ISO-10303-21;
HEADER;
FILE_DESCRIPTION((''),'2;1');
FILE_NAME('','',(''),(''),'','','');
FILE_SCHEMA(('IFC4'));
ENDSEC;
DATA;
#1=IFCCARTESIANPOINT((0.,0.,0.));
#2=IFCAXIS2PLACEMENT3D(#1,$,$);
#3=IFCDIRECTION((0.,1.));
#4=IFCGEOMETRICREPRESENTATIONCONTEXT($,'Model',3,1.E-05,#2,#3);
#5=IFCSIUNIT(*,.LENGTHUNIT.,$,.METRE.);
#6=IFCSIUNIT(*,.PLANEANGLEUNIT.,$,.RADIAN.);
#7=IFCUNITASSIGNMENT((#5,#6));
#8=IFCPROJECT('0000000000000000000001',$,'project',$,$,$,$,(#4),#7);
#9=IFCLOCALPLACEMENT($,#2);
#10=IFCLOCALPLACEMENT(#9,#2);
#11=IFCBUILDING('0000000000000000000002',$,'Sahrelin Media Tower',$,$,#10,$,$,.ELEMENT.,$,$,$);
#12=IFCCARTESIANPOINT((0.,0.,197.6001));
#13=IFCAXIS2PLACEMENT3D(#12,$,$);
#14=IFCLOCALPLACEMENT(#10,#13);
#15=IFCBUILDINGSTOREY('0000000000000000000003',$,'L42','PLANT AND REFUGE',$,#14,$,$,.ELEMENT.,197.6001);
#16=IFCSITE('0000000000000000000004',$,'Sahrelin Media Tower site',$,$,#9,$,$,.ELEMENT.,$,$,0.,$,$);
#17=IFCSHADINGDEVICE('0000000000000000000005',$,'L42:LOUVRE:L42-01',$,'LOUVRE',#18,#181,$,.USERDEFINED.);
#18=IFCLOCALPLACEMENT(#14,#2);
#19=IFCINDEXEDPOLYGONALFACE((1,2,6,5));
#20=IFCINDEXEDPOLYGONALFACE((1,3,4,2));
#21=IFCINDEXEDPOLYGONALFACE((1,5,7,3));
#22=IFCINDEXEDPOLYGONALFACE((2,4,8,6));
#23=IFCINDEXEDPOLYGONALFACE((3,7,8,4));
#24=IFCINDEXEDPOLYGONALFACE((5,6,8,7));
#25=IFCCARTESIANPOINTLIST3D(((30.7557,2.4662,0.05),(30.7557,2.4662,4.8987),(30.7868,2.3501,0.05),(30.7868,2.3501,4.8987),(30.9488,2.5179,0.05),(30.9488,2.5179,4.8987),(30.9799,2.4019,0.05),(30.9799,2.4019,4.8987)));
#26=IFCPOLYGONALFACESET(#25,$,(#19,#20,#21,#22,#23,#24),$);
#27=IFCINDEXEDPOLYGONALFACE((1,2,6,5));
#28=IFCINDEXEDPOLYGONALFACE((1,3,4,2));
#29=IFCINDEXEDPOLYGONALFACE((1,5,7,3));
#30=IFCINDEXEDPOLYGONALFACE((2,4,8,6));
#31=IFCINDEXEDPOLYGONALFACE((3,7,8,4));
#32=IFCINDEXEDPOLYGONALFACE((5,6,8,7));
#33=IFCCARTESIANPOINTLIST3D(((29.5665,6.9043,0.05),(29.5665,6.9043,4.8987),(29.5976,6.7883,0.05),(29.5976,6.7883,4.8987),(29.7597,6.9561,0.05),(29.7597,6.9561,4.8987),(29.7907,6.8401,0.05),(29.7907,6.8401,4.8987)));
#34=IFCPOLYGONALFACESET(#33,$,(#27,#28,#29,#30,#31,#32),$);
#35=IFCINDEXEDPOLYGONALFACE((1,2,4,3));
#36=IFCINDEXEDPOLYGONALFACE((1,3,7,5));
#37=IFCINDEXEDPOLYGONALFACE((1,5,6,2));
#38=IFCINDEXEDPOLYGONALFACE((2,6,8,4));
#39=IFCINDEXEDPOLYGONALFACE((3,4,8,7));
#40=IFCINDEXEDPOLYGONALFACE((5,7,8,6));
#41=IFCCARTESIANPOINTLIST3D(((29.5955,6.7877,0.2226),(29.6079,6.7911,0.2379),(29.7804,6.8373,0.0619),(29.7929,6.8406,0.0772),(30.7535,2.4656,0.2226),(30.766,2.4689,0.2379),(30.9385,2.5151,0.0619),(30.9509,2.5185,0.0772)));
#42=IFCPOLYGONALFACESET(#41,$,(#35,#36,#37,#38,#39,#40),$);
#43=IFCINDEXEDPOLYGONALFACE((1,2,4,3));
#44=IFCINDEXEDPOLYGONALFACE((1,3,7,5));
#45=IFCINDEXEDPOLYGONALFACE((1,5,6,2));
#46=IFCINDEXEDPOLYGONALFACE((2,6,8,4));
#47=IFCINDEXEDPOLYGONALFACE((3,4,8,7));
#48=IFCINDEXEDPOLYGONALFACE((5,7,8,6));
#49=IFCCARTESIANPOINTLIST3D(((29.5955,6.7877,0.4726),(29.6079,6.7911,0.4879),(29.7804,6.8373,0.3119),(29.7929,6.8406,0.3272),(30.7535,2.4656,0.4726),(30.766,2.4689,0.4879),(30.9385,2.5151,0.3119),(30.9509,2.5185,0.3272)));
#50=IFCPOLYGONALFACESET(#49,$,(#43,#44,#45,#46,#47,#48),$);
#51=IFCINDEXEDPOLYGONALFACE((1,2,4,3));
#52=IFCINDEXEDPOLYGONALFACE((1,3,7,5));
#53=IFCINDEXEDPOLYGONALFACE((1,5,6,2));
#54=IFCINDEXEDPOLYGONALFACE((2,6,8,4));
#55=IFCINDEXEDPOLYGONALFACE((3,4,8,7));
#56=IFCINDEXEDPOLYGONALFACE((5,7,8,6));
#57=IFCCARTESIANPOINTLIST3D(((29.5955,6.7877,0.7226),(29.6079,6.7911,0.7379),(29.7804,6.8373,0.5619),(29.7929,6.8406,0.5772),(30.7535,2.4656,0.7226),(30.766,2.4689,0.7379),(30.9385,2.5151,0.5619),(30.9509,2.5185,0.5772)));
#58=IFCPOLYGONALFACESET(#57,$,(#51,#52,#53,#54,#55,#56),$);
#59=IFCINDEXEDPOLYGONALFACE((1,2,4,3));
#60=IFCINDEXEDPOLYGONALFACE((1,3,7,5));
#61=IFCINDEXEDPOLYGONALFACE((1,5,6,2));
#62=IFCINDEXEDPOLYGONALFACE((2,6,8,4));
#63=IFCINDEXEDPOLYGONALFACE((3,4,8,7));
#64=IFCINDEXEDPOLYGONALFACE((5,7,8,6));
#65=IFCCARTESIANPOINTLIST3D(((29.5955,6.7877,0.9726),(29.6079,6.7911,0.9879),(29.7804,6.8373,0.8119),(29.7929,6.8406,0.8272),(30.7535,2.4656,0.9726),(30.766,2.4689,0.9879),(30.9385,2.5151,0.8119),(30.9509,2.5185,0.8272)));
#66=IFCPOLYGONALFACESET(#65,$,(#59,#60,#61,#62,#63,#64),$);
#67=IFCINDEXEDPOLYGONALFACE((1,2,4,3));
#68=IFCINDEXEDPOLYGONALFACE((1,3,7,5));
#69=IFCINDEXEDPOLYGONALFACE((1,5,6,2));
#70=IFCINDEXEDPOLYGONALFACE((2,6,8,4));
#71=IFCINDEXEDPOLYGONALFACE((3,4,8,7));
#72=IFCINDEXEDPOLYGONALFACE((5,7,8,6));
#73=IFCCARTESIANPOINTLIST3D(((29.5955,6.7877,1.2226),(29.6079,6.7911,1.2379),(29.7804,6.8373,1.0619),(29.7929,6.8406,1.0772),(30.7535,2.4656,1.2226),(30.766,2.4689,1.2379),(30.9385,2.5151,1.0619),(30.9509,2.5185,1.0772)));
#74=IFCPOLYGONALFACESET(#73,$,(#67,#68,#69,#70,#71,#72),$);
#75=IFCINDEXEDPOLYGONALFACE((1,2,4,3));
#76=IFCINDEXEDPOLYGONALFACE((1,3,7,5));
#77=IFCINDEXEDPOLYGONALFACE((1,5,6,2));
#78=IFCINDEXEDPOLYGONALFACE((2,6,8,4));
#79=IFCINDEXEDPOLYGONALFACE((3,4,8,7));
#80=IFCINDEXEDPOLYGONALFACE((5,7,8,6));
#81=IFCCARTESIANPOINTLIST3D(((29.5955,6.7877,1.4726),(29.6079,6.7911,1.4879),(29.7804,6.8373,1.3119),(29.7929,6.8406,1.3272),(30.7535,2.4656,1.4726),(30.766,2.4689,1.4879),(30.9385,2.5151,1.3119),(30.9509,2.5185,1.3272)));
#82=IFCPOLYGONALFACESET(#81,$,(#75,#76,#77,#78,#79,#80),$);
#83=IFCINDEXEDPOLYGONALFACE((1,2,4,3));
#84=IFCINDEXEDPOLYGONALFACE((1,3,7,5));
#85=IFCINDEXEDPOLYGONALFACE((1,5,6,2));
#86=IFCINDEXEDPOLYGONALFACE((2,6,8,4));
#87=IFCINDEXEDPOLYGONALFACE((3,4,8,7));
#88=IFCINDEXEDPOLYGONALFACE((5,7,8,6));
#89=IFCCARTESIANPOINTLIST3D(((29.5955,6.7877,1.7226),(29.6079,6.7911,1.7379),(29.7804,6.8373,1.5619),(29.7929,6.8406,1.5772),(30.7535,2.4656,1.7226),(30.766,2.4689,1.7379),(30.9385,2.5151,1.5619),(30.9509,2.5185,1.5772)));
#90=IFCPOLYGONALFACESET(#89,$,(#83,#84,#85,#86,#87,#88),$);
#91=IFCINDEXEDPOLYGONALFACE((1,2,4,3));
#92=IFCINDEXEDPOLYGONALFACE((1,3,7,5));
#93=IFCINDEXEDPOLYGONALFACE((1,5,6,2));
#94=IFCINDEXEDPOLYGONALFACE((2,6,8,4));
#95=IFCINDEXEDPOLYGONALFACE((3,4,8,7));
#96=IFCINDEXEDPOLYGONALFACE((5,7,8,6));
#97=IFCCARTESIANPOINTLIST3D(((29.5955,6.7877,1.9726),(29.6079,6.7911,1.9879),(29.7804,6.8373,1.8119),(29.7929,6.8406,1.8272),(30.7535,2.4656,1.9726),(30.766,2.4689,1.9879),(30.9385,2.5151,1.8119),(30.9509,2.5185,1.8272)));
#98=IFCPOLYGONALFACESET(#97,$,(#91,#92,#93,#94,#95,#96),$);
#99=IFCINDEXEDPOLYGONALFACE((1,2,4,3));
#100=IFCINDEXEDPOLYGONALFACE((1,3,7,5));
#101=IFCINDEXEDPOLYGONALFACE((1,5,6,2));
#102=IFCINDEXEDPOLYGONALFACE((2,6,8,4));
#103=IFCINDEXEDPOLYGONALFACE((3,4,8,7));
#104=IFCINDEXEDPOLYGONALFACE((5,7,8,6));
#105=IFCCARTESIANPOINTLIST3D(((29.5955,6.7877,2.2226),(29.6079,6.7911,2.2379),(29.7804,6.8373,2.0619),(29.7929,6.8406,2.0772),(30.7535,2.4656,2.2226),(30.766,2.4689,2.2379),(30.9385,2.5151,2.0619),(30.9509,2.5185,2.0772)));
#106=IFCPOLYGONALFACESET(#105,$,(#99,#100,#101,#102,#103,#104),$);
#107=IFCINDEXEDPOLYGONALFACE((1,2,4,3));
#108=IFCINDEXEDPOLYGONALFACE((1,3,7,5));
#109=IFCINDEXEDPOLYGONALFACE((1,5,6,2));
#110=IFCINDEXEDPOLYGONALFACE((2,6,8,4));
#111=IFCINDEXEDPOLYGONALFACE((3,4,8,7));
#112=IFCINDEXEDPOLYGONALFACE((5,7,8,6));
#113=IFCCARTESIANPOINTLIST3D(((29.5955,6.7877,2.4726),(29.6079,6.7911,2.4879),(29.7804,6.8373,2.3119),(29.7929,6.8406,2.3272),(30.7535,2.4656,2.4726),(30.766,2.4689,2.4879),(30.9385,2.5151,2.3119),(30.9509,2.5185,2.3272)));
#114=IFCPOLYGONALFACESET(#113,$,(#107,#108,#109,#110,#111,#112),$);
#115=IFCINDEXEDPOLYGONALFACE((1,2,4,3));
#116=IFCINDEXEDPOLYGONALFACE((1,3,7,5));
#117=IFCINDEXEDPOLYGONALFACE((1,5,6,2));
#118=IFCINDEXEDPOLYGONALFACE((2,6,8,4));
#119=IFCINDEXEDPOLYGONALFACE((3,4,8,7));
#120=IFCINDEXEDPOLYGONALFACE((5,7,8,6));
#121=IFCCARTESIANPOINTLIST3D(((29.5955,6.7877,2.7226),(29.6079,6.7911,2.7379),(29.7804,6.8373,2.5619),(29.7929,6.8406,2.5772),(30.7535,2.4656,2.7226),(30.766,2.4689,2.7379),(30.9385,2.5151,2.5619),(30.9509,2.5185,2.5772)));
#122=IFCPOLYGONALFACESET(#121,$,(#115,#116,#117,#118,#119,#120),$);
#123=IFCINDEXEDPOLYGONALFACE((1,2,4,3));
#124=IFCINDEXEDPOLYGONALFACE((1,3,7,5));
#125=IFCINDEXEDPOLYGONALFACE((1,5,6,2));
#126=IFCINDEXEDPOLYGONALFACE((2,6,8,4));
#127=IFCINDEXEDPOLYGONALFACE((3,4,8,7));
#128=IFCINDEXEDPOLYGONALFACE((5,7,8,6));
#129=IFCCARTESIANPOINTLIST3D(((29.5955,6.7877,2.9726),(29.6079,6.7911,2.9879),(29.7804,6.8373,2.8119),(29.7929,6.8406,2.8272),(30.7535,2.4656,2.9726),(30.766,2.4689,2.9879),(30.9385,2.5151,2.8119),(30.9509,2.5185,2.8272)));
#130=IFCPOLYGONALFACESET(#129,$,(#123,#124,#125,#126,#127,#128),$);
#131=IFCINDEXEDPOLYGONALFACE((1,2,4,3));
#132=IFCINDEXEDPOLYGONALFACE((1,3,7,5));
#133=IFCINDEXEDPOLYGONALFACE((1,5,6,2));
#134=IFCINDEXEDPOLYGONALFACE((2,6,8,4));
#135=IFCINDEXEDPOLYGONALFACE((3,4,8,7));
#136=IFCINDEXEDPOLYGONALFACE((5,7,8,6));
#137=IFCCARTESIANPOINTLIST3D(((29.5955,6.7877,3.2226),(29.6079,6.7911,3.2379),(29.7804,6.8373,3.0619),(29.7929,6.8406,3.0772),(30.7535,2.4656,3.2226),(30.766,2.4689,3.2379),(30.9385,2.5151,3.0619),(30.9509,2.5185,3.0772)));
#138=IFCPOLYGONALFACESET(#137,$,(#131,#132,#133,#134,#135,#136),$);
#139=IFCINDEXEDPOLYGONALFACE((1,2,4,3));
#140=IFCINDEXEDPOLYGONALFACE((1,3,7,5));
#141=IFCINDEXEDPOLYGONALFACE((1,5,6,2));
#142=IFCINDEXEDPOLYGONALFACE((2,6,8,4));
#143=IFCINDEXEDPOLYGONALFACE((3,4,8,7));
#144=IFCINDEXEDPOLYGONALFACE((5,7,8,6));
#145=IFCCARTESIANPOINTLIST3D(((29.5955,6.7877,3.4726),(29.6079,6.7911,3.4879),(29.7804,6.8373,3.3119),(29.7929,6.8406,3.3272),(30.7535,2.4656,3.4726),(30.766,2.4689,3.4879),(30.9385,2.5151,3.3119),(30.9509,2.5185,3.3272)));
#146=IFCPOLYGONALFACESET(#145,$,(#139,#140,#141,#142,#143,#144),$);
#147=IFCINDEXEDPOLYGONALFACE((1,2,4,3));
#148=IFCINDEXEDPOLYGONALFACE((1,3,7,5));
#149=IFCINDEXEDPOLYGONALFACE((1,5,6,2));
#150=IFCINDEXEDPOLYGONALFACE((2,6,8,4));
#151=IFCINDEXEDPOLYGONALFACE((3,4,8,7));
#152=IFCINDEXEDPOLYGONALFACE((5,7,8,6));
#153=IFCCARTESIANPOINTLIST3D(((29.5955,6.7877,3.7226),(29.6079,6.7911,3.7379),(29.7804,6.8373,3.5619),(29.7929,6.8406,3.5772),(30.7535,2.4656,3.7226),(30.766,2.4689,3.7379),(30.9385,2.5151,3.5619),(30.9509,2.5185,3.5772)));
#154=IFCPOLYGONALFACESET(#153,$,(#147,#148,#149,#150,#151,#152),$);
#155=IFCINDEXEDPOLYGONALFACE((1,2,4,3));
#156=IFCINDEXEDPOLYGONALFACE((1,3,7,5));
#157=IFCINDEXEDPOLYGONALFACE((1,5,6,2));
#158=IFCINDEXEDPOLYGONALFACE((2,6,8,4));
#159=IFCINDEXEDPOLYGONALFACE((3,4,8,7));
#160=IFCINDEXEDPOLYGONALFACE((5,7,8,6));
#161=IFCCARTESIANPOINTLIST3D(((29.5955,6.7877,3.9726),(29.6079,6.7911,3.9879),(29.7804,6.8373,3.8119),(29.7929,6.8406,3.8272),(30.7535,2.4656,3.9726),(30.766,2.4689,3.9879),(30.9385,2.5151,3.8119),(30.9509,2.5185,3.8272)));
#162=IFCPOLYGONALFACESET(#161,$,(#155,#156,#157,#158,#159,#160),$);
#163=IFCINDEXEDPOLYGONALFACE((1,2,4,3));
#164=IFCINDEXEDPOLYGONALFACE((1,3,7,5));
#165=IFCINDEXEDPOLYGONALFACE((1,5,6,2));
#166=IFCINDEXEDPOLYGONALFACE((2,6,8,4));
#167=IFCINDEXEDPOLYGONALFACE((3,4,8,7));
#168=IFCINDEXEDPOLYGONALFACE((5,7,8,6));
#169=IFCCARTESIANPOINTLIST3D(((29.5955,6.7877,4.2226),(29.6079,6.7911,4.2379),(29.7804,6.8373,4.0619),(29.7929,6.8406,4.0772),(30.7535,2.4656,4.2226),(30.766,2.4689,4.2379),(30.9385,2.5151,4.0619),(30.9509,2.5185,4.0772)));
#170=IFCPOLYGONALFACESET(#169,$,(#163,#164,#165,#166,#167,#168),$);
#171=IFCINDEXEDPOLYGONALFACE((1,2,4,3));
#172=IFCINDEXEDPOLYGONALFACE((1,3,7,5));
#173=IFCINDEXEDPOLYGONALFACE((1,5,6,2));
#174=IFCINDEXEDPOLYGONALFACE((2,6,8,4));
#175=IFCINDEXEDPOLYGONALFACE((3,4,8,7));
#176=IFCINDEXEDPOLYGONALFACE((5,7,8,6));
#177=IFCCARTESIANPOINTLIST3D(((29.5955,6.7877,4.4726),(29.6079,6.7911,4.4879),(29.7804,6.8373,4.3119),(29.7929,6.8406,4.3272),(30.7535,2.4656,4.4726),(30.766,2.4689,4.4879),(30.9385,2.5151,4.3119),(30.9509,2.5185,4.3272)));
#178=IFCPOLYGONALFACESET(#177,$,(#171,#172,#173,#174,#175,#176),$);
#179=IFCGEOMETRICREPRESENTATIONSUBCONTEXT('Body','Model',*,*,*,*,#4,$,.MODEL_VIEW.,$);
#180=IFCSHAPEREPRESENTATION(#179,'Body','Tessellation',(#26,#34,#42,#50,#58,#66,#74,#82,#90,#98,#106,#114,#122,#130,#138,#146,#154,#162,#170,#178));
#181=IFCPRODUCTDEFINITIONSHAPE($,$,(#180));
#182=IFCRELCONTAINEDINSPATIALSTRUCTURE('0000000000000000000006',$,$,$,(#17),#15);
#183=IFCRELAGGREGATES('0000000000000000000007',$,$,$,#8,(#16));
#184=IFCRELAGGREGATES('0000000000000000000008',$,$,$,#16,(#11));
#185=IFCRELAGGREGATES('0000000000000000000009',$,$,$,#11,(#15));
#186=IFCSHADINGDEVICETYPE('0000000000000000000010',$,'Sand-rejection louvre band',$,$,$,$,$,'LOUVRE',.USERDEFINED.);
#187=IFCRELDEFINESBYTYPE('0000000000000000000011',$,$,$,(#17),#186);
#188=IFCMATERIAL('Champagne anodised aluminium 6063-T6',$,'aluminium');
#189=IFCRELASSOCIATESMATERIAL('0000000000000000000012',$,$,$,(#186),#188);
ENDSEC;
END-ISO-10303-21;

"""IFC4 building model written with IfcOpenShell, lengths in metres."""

from ifc_helpers import new_model, si_unit, direction, frame, origin, origin_2d, place, context, subcontext, project, spatial, rectangle, extrude, material, type_object, element, save


model = new_model("IFC4")

# Units and contexts
model_context = context("Model", 3, precision=1e-05, world=origin(), true_north=direction((0.0, 1.0)))
body_context = subcontext(model_context, "Body", "Model", "MODEL_VIEW")
ifc_project = project(units=[si_unit("LENGTHUNIT", "METRE"), si_unit("PLANEANGLEUNIT", "RADIAN")], contexts=[model_context])

# Site, building, storey
site_placement = place(None, origin())
site = spatial("IfcSite", under=ifc_project, at=site_placement, Name="Sahrelin Media Tower site", CompositionType="ELEMENT", RefElevation=0.0)
building_placement = place(site_placement, origin())
building = spatial("IfcBuilding", under=site, at=building_placement, Name="Sahrelin Media Tower", CompositionType="ELEMENT")
storey_placement = place(building_placement, frame((0.0, 0.0, 197.6001)))
storey = spatial("IfcBuildingStorey", under=building, at=storey_placement, Name="L42", Description="PLANT AND REFUGE", CompositionType="ELEMENT", Elevation=197.6001)

# Shading device
ifc_material_1 = material(Name="Champagne anodised aluminium 6063-T6", Category="aluminium")
shading_device_type = type_object("IfcShadingDeviceType", Name="Sand-rejection louvre band", ElementType="LOUVRE", PredefinedType="USERDEFINED", material=ifc_material_1)
shading_device_1_placement = place(storey_placement, frame((30.1765, 4.6272, 0.0), z_axis=(0.0, 0.0, 1.0), x_axis=(0.258808, -0.965929, 0.0)))
element("IfcShadingDevice", 1, at=shading_device_1_placement, inside=storey, type_object=shading_device_type, Name="L42:LOUVRE:L42-01", ObjectType="LOUVRE", PredefinedType="USERDEFINED", context=body_context, shape_type="SweptSolid", body=[
    extrude(rectangle(XDim=0.1201, YDim=0.2, at=origin_2d()), frame((2.2974, 0.1001, 0.05), z_axis=(0.0, 0.0, 1.0), x_axis=(1.0, 0.0, 0.0)), (0.0, 0.0, 1.0), 4.8486),
    extrude(rectangle(XDim=0.1201, YDim=0.2, at=origin_2d()), frame((-2.2974, 0.1001, 0.05), z_axis=(0.0, 0.0, 1.0), x_axis=(1.0, 0.0, 0.0)), (0.0, 0.0, 1.0), 4.8486),
    extrude(rectangle(XDim=0.25, YDim=0.02, at=origin_2d()), frame((2.2373, 0.1001, 0.1499), z_axis=(-1.0, 0.0, 0.0), x_axis=(0.0, -0.766044, 0.642788)), (0.0, 0.0, 1.0), 4.4746),
    extrude(rectangle(XDim=0.25, YDim=0.02, at=origin_2d()), frame((2.2373, 0.1001, 0.3999), z_axis=(-1.0, 0.0, 0.0), x_axis=(0.0, -0.766044, 0.642788)), (0.0, 0.0, 1.0), 4.4746),
    extrude(rectangle(XDim=0.25, YDim=0.02, at=origin_2d()), frame((2.2373, 0.1001, 0.6499), z_axis=(-1.0, 0.0, 0.0), x_axis=(0.0, -0.766044, 0.642788)), (0.0, 0.0, 1.0), 4.4746),
    extrude(rectangle(XDim=0.25, YDim=0.02, at=origin_2d()), frame((2.2373, 0.1001, 0.8999), z_axis=(-1.0, 0.0, 0.0), x_axis=(0.0, -0.766044, 0.642788)), (0.0, 0.0, 1.0), 4.4746),
    extrude(rectangle(XDim=0.25, YDim=0.02, at=origin_2d()), frame((2.2373, 0.1001, 1.1499), z_axis=(-1.0, 0.0, 0.0), x_axis=(0.0, -0.766044, 0.642788)), (0.0, 0.0, 1.0), 4.4746),
    extrude(rectangle(XDim=0.25, YDim=0.02, at=origin_2d()), frame((2.2373, 0.1001, 1.3999), z_axis=(-1.0, 0.0, 0.0), x_axis=(0.0, -0.766044, 0.642788)), (0.0, 0.0, 1.0), 4.4746),
    extrude(rectangle(XDim=0.25, YDim=0.02, at=origin_2d()), frame((2.2373, 0.1001, 1.6499), z_axis=(-1.0, 0.0, 0.0), x_axis=(0.0, -0.766044, 0.642788)), (0.0, 0.0, 1.0), 4.4746),
    extrude(rectangle(XDim=0.25, YDim=0.02, at=origin_2d()), frame((2.2373, 0.1001, 1.8999), z_axis=(-1.0, 0.0, 0.0), x_axis=(0.0, -0.766044, 0.642788)), (0.0, 0.0, 1.0), 4.4746),
    extrude(rectangle(XDim=0.25, YDim=0.02, at=origin_2d()), frame((2.2373, 0.1001, 2.1499), z_axis=(-1.0, 0.0, 0.0), x_axis=(0.0, -0.766044, 0.642788)), (0.0, 0.0, 1.0), 4.4746),
    extrude(rectangle(XDim=0.25, YDim=0.02, at=origin_2d()), frame((2.2373, 0.1001, 2.3999), z_axis=(-1.0, 0.0, 0.0), x_axis=(0.0, -0.766044, 0.642788)), (0.0, 0.0, 1.0), 4.4746),
    extrude(rectangle(XDim=0.25, YDim=0.02, at=origin_2d()), frame((2.2373, 0.1001, 2.6499), z_axis=(-1.0, 0.0, 0.0), x_axis=(0.0, -0.766044, 0.642788)), (0.0, 0.0, 1.0), 4.4746),
    extrude(rectangle(XDim=0.25, YDim=0.02, at=origin_2d()), frame((2.2373, 0.1001, 2.8999), z_axis=(-1.0, 0.0, 0.0), x_axis=(0.0, -0.766044, 0.642788)), (0.0, 0.0, 1.0), 4.4746),
    extrude(rectangle(XDim=0.25, YDim=0.02, at=origin_2d()), frame((2.2373, 0.1001, 3.1499), z_axis=(-1.0, 0.0, 0.0), x_axis=(0.0, -0.766044, 0.642788)), (0.0, 0.0, 1.0), 4.4746),
    extrude(rectangle(XDim=0.25, YDim=0.02, at=origin_2d()), frame((2.2373, 0.1001, 3.3999), z_axis=(-1.0, 0.0, 0.0), x_axis=(0.0, -0.766044, 0.642788)), (0.0, 0.0, 1.0), 4.4746),
    extrude(rectangle(XDim=0.25, YDim=0.02, at=origin_2d()), frame((2.2373, 0.1001, 3.6499), z_axis=(-1.0, 0.0, 0.0), x_axis=(0.0, -0.766044, 0.642788)), (0.0, 0.0, 1.0), 4.4746),
    extrude(rectangle(XDim=0.25, YDim=0.02, at=origin_2d()), frame((2.2373, 0.1001, 3.8999), z_axis=(-1.0, 0.0, 0.0), x_axis=(0.0, -0.766044, 0.642788)), (0.0, 0.0, 1.0), 4.4746),
    extrude(rectangle(XDim=0.25, YDim=0.02, at=origin_2d()), frame((2.2373, 0.1001, 4.1499), z_axis=(-1.0, 0.0, 0.0), x_axis=(0.0, -0.766044, 0.642788)), (0.0, 0.0, 1.0), 4.4746),
    extrude(rectangle(XDim=0.25, YDim=0.02, at=origin_2d()), frame((2.2373, 0.1001, 4.3999), z_axis=(-1.0, 0.0, 0.0), x_axis=(0.0, -0.766044, 0.642788)), (0.0, 0.0, 1.0), 4.4746),
])

save(model, "model.ifc")
